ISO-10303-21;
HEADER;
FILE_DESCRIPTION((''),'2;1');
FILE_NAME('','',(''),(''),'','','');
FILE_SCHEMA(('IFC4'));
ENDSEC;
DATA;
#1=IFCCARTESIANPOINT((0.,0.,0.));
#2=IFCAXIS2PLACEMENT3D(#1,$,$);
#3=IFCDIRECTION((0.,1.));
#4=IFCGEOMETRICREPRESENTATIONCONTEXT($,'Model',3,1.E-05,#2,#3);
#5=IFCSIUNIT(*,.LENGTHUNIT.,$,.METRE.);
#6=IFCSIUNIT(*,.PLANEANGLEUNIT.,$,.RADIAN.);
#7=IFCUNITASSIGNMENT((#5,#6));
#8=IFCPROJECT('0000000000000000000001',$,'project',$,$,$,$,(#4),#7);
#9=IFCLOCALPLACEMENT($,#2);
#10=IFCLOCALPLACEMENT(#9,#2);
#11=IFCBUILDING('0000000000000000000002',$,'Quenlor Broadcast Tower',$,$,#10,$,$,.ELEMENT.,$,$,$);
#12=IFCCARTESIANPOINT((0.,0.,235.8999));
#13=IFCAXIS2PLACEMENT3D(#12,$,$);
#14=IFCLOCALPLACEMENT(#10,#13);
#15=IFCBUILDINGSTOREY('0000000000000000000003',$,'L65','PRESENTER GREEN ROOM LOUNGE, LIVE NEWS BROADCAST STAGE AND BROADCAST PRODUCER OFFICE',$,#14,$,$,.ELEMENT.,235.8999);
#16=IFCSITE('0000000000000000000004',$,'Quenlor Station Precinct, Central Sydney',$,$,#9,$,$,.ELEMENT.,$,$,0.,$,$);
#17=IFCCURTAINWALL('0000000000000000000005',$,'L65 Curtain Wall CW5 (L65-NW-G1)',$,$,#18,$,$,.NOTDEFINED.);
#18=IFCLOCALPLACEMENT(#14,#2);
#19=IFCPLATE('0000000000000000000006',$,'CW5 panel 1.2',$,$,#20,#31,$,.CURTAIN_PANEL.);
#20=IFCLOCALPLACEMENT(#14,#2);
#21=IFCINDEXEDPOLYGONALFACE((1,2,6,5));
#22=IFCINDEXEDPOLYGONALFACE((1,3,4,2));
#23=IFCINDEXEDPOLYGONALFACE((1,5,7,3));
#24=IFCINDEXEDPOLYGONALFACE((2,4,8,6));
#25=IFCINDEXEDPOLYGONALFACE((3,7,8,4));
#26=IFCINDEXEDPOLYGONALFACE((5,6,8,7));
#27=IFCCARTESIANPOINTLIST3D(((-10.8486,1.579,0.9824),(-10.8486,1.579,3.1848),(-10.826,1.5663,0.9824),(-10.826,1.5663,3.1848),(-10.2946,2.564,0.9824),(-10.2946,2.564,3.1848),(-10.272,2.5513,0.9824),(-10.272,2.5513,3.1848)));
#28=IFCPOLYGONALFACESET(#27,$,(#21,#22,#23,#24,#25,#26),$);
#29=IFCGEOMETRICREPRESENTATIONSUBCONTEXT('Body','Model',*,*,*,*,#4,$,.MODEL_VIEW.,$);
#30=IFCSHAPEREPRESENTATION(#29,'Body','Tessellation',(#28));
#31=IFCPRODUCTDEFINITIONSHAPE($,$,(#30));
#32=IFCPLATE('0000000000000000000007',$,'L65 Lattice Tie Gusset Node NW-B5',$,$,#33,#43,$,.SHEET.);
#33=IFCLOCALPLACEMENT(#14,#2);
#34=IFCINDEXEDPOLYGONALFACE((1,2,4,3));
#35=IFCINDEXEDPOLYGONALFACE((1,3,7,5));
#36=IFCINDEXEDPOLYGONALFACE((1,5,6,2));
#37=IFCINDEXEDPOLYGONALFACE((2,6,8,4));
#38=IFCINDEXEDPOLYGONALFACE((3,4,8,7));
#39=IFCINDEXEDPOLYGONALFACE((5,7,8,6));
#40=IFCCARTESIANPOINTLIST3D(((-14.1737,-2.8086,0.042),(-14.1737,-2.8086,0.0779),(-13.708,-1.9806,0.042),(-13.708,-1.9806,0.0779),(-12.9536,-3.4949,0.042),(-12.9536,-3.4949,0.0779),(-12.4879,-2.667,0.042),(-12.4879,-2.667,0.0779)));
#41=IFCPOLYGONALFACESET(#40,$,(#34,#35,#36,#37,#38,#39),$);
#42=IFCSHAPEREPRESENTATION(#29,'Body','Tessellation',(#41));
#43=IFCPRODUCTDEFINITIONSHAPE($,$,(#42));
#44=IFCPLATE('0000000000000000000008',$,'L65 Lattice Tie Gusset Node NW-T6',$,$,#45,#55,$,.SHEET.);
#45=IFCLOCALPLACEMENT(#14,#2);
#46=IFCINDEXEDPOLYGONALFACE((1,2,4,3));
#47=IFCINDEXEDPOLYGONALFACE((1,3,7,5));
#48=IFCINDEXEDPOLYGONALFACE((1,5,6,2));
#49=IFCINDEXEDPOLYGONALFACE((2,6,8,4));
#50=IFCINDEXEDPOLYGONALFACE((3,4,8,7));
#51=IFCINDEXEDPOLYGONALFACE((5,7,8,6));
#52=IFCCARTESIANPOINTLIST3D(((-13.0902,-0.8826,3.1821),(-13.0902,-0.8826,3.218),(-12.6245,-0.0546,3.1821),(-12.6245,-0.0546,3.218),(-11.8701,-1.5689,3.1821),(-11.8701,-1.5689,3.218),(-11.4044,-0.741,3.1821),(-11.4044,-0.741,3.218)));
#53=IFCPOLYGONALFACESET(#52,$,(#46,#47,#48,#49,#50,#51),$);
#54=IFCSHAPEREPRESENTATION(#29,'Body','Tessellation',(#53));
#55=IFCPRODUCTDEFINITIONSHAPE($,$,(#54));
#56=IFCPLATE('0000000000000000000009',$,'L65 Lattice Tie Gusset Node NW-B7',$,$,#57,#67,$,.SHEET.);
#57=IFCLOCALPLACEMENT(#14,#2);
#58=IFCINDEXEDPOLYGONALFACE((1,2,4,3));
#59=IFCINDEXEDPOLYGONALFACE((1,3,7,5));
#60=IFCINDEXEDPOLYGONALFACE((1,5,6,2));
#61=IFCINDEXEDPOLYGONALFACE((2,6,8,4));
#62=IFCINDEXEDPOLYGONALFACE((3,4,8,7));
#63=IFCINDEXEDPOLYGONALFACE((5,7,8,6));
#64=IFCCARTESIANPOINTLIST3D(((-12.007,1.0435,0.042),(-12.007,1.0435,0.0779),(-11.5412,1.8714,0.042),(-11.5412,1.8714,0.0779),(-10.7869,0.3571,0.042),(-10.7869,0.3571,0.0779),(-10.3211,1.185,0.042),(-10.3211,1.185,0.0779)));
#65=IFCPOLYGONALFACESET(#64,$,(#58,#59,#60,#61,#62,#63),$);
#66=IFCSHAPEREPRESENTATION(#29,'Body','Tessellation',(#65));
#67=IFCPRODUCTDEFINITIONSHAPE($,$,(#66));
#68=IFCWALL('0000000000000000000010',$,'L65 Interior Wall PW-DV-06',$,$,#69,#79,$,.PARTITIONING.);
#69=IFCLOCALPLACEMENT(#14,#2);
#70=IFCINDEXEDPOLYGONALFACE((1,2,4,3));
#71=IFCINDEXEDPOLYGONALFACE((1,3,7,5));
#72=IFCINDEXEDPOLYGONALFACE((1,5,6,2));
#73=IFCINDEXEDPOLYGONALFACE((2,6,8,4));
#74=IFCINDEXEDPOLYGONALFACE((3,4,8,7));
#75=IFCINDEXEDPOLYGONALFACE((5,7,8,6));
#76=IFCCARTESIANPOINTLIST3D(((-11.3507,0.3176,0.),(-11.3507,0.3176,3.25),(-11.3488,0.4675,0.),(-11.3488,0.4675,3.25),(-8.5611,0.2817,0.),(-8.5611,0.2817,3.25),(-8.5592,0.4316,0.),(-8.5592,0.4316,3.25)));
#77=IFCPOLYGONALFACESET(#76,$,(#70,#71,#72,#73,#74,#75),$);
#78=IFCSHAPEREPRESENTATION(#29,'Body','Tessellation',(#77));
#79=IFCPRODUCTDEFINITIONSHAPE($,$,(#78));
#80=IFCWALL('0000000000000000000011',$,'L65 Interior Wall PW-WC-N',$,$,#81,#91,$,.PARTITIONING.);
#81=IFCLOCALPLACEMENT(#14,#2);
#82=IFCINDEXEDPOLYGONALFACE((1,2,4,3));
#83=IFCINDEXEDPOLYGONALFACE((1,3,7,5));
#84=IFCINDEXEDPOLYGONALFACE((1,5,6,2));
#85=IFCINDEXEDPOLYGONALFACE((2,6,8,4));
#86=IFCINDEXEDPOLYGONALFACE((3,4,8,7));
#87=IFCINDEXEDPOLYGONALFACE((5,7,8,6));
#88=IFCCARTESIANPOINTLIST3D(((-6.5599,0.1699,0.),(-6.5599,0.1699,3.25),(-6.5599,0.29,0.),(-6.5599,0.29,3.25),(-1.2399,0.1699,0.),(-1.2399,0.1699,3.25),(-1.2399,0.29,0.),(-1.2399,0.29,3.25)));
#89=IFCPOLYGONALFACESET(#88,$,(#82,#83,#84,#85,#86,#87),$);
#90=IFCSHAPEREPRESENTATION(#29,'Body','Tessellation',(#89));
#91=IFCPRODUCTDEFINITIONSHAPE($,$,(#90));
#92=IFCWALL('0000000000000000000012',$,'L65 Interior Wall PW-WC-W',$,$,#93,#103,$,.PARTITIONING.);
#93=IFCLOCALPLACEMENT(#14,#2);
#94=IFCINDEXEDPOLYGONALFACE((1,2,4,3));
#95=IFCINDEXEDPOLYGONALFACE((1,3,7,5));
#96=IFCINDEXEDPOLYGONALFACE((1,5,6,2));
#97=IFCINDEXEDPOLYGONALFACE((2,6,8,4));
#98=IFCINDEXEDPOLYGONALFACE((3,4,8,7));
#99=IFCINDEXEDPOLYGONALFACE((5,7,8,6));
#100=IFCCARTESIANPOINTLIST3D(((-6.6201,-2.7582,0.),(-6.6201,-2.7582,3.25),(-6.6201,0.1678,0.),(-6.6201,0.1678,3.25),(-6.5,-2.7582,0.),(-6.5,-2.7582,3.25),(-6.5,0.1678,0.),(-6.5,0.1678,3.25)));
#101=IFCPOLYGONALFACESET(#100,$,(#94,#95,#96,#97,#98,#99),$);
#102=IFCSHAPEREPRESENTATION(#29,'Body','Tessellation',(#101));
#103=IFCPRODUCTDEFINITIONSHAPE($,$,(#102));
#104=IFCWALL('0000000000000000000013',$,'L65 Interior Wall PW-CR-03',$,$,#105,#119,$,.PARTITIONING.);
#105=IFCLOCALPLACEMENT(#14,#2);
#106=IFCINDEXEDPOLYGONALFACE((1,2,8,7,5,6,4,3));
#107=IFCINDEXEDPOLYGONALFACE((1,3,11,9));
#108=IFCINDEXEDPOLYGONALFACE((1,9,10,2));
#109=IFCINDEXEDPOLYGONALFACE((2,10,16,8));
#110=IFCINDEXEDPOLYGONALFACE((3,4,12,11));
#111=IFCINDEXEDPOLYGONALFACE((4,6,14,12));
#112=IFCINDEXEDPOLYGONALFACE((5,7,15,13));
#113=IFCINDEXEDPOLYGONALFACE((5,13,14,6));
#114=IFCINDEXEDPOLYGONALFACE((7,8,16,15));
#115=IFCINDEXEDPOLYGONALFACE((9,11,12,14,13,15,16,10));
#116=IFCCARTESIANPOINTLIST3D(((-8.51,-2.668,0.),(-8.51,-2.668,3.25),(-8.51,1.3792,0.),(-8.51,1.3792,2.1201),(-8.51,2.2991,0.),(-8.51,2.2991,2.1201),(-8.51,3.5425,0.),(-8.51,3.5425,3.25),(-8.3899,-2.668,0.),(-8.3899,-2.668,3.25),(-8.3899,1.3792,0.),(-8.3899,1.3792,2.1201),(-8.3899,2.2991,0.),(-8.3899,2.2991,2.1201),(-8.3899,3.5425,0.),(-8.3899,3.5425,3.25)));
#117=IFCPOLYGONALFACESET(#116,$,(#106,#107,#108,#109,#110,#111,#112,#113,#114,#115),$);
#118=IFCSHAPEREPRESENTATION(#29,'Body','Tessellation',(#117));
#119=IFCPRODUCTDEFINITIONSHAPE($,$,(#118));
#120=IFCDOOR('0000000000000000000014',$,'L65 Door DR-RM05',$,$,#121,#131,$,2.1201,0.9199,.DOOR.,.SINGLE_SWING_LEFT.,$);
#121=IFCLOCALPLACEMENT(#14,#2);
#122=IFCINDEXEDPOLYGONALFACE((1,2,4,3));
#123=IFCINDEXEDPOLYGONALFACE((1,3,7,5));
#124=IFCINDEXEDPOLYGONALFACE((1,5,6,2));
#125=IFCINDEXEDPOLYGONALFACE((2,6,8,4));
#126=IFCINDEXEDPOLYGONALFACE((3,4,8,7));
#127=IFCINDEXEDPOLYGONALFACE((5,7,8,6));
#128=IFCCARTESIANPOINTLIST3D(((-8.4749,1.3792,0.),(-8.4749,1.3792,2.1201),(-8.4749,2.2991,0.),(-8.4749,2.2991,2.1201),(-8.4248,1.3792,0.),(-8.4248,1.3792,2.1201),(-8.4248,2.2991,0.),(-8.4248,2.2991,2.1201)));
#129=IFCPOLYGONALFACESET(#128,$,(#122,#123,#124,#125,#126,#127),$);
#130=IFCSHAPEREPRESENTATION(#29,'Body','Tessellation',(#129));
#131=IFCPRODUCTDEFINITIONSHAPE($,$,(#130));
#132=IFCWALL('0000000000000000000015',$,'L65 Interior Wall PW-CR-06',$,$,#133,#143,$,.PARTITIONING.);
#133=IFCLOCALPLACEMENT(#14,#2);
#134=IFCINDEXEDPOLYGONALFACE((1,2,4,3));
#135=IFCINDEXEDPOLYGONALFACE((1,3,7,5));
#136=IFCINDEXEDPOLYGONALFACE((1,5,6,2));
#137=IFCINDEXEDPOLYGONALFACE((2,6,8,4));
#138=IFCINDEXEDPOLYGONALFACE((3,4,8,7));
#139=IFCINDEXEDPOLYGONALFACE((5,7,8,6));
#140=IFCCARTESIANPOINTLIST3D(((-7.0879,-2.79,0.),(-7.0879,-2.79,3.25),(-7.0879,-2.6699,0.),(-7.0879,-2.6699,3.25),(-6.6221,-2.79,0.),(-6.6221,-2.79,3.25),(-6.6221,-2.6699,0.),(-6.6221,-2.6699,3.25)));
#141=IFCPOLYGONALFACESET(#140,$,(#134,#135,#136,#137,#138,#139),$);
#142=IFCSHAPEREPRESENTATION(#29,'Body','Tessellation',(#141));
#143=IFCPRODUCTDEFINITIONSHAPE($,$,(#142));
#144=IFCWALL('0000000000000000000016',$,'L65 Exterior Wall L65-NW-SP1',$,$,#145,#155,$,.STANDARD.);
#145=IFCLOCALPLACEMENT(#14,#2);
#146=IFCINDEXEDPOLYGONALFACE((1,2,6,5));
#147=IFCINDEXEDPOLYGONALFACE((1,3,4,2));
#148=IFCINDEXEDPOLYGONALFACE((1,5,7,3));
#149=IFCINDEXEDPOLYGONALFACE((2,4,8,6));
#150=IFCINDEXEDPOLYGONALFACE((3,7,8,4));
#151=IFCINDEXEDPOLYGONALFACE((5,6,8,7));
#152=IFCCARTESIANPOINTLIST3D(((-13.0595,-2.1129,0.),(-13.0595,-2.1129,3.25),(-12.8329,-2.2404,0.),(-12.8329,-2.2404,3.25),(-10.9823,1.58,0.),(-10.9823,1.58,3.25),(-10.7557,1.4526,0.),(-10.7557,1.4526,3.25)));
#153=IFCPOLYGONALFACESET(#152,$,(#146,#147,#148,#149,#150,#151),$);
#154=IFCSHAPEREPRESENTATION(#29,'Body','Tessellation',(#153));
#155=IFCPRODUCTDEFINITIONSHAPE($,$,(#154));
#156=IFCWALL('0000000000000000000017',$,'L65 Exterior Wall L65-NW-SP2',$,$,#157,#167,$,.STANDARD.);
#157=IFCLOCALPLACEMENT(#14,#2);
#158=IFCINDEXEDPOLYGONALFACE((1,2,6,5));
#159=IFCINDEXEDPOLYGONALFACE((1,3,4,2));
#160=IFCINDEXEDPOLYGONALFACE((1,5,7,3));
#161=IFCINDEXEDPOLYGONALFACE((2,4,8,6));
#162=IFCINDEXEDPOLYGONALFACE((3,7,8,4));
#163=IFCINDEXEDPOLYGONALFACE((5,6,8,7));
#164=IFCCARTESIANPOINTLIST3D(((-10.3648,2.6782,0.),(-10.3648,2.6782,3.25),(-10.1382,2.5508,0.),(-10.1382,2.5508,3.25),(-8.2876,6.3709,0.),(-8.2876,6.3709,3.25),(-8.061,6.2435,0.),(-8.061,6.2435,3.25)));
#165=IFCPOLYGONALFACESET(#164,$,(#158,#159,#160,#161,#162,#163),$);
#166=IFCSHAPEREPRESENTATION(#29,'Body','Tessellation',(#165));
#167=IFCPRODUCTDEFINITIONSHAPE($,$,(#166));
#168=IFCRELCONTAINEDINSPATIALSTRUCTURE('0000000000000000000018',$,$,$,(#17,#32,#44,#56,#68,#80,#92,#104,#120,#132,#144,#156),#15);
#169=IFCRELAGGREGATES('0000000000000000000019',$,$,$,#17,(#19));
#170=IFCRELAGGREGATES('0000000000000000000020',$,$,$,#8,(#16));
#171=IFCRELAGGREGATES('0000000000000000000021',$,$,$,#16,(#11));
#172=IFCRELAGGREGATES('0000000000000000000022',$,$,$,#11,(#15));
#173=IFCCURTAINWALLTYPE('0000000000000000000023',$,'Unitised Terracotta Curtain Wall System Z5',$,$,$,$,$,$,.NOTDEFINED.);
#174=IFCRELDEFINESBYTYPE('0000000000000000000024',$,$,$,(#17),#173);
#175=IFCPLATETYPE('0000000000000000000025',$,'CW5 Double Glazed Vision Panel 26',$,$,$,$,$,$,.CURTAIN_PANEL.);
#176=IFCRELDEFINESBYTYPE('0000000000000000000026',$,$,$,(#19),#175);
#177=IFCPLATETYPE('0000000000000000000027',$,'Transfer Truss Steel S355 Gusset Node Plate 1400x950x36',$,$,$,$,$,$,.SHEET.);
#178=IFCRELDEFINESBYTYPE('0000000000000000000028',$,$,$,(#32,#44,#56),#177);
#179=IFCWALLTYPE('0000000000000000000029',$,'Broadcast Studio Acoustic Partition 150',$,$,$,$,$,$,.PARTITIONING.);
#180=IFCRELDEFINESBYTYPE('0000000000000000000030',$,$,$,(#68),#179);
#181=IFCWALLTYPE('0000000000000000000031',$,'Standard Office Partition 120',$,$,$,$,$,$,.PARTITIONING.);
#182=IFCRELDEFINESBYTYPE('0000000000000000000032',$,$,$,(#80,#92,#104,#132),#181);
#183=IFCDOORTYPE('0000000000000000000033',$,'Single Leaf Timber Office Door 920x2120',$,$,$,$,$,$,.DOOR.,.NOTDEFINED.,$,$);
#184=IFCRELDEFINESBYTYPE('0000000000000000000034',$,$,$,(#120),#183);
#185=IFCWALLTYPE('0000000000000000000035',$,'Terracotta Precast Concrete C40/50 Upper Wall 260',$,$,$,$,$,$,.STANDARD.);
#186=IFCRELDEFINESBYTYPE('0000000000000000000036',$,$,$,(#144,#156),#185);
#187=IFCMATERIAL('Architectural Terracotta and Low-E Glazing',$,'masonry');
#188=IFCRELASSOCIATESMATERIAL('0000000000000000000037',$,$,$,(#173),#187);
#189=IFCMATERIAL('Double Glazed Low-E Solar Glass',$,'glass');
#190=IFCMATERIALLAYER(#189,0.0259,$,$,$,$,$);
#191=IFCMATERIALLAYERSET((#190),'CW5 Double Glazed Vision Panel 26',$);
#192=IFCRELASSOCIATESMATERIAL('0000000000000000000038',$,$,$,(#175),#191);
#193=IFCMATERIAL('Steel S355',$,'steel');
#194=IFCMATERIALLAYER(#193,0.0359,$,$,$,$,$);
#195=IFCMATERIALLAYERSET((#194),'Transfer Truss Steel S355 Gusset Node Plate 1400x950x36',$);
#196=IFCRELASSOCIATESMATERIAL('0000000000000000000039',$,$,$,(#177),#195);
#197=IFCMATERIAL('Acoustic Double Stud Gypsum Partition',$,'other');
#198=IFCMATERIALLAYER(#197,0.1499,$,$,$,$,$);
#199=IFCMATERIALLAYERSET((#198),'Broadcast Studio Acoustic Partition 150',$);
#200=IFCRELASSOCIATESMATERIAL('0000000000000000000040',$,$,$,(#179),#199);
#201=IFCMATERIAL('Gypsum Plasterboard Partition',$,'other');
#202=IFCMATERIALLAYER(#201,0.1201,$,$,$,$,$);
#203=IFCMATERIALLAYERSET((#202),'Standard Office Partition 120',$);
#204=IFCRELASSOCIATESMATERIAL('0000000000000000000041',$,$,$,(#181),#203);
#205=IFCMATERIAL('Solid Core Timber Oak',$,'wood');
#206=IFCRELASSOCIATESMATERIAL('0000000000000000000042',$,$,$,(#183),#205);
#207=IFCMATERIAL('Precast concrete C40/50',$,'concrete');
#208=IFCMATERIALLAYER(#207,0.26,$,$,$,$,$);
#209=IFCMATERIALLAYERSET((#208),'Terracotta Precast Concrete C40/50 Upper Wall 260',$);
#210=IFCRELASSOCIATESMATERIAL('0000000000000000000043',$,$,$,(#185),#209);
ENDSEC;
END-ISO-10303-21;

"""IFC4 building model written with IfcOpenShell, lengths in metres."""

from ifc_helpers import new_model, si_unit, direction, frame, frame_2d, origin, origin_2d, place, context, subcontext, project, spatial, rectangle, extrude, material, layer, layer_set, type_object, element, fill, aggregate, save


model = new_model("IFC4")

# Units and contexts
model_context = context("Model", 3, precision=1e-05, world=origin(), true_north=direction((0.0, 1.0)))
body_context = subcontext(model_context, "Body", "Model", "MODEL_VIEW")
ifc_project = project(units=[si_unit("LENGTHUNIT", "METRE"), si_unit("PLANEANGLEUNIT", "RADIAN")], contexts=[model_context])

# Site, building, storey
site_placement = place(None, origin())
site = spatial("IfcSite", under=ifc_project, at=site_placement, Name="Quenlor Station Precinct, Central Sydney", CompositionType="ELEMENT", RefElevation=0.0)
building_placement = place(site_placement, origin())
building = spatial("IfcBuilding", under=site, at=building_placement, Name="Quenlor Broadcast Tower", CompositionType="ELEMENT")
storey_placement = place(building_placement, frame((0.0, 0.0, 235.8999)))
storey = spatial("IfcBuildingStorey", under=building, at=storey_placement, Name="L65", Description="PRESENTER GREEN ROOM LOUNGE, LIVE NEWS BROADCAST STAGE AND BROADCAST PRODUCER OFFICE", CompositionType="ELEMENT", Elevation=235.8999)

# Curtain wall
ifc_material_1 = material(Name="Architectural Terracotta and Low-E Glazing", Category="masonry")
curtain_wall_type = type_object("IfcCurtainWallType", Name="Unitised Terracotta Curtain Wall System Z5", PredefinedType="NOTDEFINED", material=ifc_material_1)
curtain_wall_placement = place(storey_placement, origin())
curtain_wall = element("IfcCurtainWall", 1, at=curtain_wall_placement, inside=storey, type_object=curtain_wall_type, Name="L65 Curtain Wall CW5 (L65-NW-G1)", PredefinedType="NOTDEFINED")

# Plate
ifc_material_2 = material(Name="Double Glazed Low-E Solar Glass", Category="glass")
ifc_layer_1 = layer(ifc_material_2, 0.0259)
ifc_layer_set_1 = layer_set([ifc_layer_1], Name="CW5 Double Glazed Vision Panel 26")
plate_type_1 = type_object("IfcPlateType", Name="CW5 Double Glazed Vision Panel 26", PredefinedType="CURTAIN_PANEL", material=ifc_layer_set_1)
plate_1_placement = place(storey_placement, frame((-10.5603, 2.0652, 0.9824), z_axis=(0.0, 0.0, 1.0), x_axis=(0.490231, 0.871592, 0.0)))
plate_1 = element("IfcPlate", 2, at=plate_1_placement, type_object=plate_type_1, Name="CW5 panel 1.2", PredefinedType="CURTAIN_PANEL", context=body_context, shape_type="SweptSolid", body=[
    extrude(rectangle(XDim=1.1301, YDim=0.0259, at=origin_2d()), origin(), (0.0, 0.0, 1.0), 2.2024),
])
aggregate(curtain_wall, [plate_1])

# Plates
ifc_material_3 = material(Name="Steel S355", Category="steel")
ifc_layer_2 = layer(ifc_material_3, 0.0359)
ifc_layer_set_2 = layer_set([ifc_layer_2], Name="Transfer Truss Steel S355 Gusset Node Plate 1400x950x36")
plate_type_2 = type_object("IfcPlateType", Name="Transfer Truss Steel S355 Gusset Node Plate 1400x950x36", PredefinedType="SHEET", material=ifc_layer_set_2)
for number, where, z_axis, x_axis, name in (
    (3, (-13.3308, -2.7378, 0.042), (0.0, 0.0, 1.0), (-0.871556, 0.490295, 0.0), "L65 Lattice Tie Gusset Node NW-B5"),
    (4, (-12.2473, -0.8118, 3.1821), (0.0, 0.0, 1.0), (-0.871556, 0.490295, 0.0), "L65 Lattice Tie Gusset Node NW-T6"),
    (5, (-11.1641, 1.1143, 0.042), (0.0, 0.0, 1.0), (-0.871556, 0.490295, 0.0), "L65 Lattice Tie Gusset Node NW-B7"),
):
    element("IfcPlate", number, at=place(storey_placement, frame(where, z_axis=z_axis, x_axis=x_axis)), inside=storey, type_object=plate_type_2, Name=name, PredefinedType="SHEET", context=body_context, shape_type="SweptSolid", body=[
        extrude(rectangle(XDim=1.3999, YDim=0.95, at=origin_2d()), origin(), (0.0, 0.0, 1.0), 0.0359),
    ])

# Walls
ifc_material_4 = material(Name="Acoustic Double Stud Gypsum Partition", Category="other")
ifc_layer_3 = layer(ifc_material_4, 0.1499)
ifc_layer_set_3 = layer_set([ifc_layer_3], Name="Broadcast Studio Acoustic Partition 150")
wall_type_1 = type_object("IfcWallType", Name="Broadcast Studio Acoustic Partition 150", PredefinedType="PARTITIONING", material=ifc_layer_set_3)
wall_1_placement = place(storey_placement, frame((-8.5601, 0.3567, 0.0), z_axis=(0.0, 0.0, 1.0), x_axis=(-0.999917, 0.012864, 0.0)))
element("IfcWall", 6, at=wall_1_placement, inside=storey, type_object=wall_type_1, Name="L65 Interior Wall PW-DV-06", PredefinedType="PARTITIONING", context=body_context, shape_type="SweptSolid", body=[
    extrude(rectangle(XDim=2.7898, YDim=0.1499, at=frame_2d((1.395, 0.0))), origin(), (0.0, 0.0, 1.0), 3.25),
])
ifc_material_5 = material(Name="Gypsum Plasterboard Partition", Category="other")
ifc_layer_4 = layer(ifc_material_5, 0.1201)
ifc_layer_set_4 = layer_set([ifc_layer_4], Name="Standard Office Partition 120")
wall_type_2 = type_object("IfcWallType", Name="Standard Office Partition 120", PredefinedType="PARTITIONING", material=ifc_layer_set_4)
wall_2_placement = place(storey_placement, frame((-6.5601, 0.23, 0.0), z_axis=(0.0, 0.0, 1.0), x_axis=(1.0, 0.0, 0.0)))
element("IfcWall", 7, at=wall_2_placement, inside=storey, type_object=wall_type_2, Name="L65 Interior Wall PW-WC-N", PredefinedType="PARTITIONING", context=body_context, shape_type="SweptSolid", body=[
    extrude(rectangle(XDim=5.3201, YDim=0.1201, at=frame_2d((2.6602, 0.0))), origin(), (0.0, 0.0, 1.0), 3.25),
])
wall_3_placement = place(storey_placement, frame((-6.5601, -2.7581, 0.0), z_axis=(0.0, 0.0, 1.0), x_axis=(0.0, 1.0, 0.0)))
element("IfcWall", 8, at=wall_3_placement, inside=storey, type_object=wall_type_2, Name="L65 Interior Wall PW-WC-W", PredefinedType="PARTITIONING", context=body_context, shape_type="SweptSolid", body=[
    extrude(rectangle(XDim=2.926, YDim=0.1201, at=frame_2d((1.4629, 0.0))), origin(), (0.0, 0.0, 1.0), 3.25),
])

# Wall, opening, door
ifc_material_6 = material(Name="Solid Core Timber Oak", Category="wood")
door_type = type_object("IfcDoorType", Name="Single Leaf Timber Office Door 920x2120", OperationType="NOTDEFINED", PredefinedType="DOOR", material=ifc_material_6)
wall_4_placement = place(storey_placement, frame((-8.45, -2.668, 0.0), z_axis=(0.0, 0.0, 1.0), x_axis=(0.0, 1.0, 0.0)))
wall_4 = element("IfcWall", 9, at=wall_4_placement, inside=storey, type_object=wall_type_2, Name="L65 Interior Wall PW-CR-03", PredefinedType="PARTITIONING", context=body_context, shape_type="SweptSolid", body=[
    extrude(rectangle(XDim=6.2104, YDim=0.1201, at=frame_2d((3.1052, 0.0))), origin(), (0.0, 0.0, 1.0), 3.25),
])
opening_1_placement = place(wall_4_placement, frame((4.0471, 0.0, 0.0)))
opening_1 = element("IfcOpeningElement", 10, at=opening_1_placement, cuts=wall_4, PredefinedType="OPENING", context=body_context, shape_type="SweptSolid", body=[
    extrude(rectangle(XDim=0.9199, YDim=2.1201, at=frame_2d((0.46, 1.0601))), frame((0.0, 0.0701, 0.0), z_axis=(0.0, -1.0, 0.0), x_axis=(1.0, 0.0, 0.0)), (0.0, 0.0, 1.0), 0.1401),
])
door_1_placement = place(opening_1_placement, origin())
door_1 = element("IfcDoor", 11, at=door_1_placement, inside=storey, type_object=door_type, Name="L65 Door DR-RM05", OperationType="SINGLE_SWING_LEFT", OverallHeight=2.1201, OverallWidth=0.9199, PredefinedType="DOOR", context=body_context, shape_type="SweptSolid", body=[
    extrude(rectangle(XDim=0.9199, YDim=2.1201, at=frame_2d((0.46, 1.0601))), frame((0.0, 0.0249, 0.0), z_axis=(0.0, -1.0, 0.0), x_axis=(1.0, 0.0, 0.0)), (0.0, 0.0, 1.0), 0.05),
])
fill(opening_1, door_1)

# Walls
wall_5_placement = place(storey_placement, frame((-7.0879, -2.73, 0.0), z_axis=(0.0, 0.0, 1.0), x_axis=(1.0, 0.0, 0.0)))
element("IfcWall", 12, at=wall_5_placement, inside=storey, type_object=wall_type_2, Name="L65 Interior Wall PW-CR-06", PredefinedType="PARTITIONING", context=body_context, shape_type="SweptSolid", body=[
    extrude(rectangle(XDim=0.4658, YDim=0.1201, at=frame_2d((0.2329, 0.0))), origin(), (0.0, 0.0, 1.0), 3.25),
])
ifc_material_7 = material(Name="Precast concrete C40/50", Category="concrete")
ifc_layer_5 = layer(ifc_material_7, 0.26)
ifc_layer_set_5 = layer_set([ifc_layer_5], Name="Terracotta Precast Concrete C40/50 Upper Wall 260")
wall_type_3 = type_object("IfcWallType", Name="Terracotta Precast Concrete C40/50 Upper Wall 260", PredefinedType="STANDARD", material=ifc_layer_set_5)
wall_6_placement = place(storey_placement, frame((-12.9463, -2.1768, 0.0), z_axis=(0.0, 0.0, 1.0), x_axis=(0.490245, 0.871585, 0.0)))
element("IfcWall", 13, at=wall_6_placement, inside=storey, type_object=wall_type_3, Name="L65 Exterior Wall L65-NW-SP1", PredefinedType="STANDARD", context=body_context, shape_type="SweptSolid", body=[
    extrude(rectangle(XDim=4.2371, YDim=0.26, at=frame_2d((2.1187, 0.0))), origin(), (0.0, 0.0, 1.0), 3.25),
])
wall_7_placement = place(storey_placement, frame((-10.2515, 2.6145, 0.0), z_axis=(0.0, 0.0, 1.0), x_axis=(0.490269, 0.871571, 0.0)))
element("IfcWall", 14, at=wall_7_placement, inside=storey, type_object=wall_type_3, Name="L65 Exterior Wall L65-NW-SP2", PredefinedType="STANDARD", context=body_context, shape_type="SweptSolid", body=[
    extrude(rectangle(XDim=4.2368, YDim=0.26, at=frame_2d((2.1184, 0.0))), origin(), (0.0, 0.0, 1.0), 3.25),
])

save(model, "model.ifc")
